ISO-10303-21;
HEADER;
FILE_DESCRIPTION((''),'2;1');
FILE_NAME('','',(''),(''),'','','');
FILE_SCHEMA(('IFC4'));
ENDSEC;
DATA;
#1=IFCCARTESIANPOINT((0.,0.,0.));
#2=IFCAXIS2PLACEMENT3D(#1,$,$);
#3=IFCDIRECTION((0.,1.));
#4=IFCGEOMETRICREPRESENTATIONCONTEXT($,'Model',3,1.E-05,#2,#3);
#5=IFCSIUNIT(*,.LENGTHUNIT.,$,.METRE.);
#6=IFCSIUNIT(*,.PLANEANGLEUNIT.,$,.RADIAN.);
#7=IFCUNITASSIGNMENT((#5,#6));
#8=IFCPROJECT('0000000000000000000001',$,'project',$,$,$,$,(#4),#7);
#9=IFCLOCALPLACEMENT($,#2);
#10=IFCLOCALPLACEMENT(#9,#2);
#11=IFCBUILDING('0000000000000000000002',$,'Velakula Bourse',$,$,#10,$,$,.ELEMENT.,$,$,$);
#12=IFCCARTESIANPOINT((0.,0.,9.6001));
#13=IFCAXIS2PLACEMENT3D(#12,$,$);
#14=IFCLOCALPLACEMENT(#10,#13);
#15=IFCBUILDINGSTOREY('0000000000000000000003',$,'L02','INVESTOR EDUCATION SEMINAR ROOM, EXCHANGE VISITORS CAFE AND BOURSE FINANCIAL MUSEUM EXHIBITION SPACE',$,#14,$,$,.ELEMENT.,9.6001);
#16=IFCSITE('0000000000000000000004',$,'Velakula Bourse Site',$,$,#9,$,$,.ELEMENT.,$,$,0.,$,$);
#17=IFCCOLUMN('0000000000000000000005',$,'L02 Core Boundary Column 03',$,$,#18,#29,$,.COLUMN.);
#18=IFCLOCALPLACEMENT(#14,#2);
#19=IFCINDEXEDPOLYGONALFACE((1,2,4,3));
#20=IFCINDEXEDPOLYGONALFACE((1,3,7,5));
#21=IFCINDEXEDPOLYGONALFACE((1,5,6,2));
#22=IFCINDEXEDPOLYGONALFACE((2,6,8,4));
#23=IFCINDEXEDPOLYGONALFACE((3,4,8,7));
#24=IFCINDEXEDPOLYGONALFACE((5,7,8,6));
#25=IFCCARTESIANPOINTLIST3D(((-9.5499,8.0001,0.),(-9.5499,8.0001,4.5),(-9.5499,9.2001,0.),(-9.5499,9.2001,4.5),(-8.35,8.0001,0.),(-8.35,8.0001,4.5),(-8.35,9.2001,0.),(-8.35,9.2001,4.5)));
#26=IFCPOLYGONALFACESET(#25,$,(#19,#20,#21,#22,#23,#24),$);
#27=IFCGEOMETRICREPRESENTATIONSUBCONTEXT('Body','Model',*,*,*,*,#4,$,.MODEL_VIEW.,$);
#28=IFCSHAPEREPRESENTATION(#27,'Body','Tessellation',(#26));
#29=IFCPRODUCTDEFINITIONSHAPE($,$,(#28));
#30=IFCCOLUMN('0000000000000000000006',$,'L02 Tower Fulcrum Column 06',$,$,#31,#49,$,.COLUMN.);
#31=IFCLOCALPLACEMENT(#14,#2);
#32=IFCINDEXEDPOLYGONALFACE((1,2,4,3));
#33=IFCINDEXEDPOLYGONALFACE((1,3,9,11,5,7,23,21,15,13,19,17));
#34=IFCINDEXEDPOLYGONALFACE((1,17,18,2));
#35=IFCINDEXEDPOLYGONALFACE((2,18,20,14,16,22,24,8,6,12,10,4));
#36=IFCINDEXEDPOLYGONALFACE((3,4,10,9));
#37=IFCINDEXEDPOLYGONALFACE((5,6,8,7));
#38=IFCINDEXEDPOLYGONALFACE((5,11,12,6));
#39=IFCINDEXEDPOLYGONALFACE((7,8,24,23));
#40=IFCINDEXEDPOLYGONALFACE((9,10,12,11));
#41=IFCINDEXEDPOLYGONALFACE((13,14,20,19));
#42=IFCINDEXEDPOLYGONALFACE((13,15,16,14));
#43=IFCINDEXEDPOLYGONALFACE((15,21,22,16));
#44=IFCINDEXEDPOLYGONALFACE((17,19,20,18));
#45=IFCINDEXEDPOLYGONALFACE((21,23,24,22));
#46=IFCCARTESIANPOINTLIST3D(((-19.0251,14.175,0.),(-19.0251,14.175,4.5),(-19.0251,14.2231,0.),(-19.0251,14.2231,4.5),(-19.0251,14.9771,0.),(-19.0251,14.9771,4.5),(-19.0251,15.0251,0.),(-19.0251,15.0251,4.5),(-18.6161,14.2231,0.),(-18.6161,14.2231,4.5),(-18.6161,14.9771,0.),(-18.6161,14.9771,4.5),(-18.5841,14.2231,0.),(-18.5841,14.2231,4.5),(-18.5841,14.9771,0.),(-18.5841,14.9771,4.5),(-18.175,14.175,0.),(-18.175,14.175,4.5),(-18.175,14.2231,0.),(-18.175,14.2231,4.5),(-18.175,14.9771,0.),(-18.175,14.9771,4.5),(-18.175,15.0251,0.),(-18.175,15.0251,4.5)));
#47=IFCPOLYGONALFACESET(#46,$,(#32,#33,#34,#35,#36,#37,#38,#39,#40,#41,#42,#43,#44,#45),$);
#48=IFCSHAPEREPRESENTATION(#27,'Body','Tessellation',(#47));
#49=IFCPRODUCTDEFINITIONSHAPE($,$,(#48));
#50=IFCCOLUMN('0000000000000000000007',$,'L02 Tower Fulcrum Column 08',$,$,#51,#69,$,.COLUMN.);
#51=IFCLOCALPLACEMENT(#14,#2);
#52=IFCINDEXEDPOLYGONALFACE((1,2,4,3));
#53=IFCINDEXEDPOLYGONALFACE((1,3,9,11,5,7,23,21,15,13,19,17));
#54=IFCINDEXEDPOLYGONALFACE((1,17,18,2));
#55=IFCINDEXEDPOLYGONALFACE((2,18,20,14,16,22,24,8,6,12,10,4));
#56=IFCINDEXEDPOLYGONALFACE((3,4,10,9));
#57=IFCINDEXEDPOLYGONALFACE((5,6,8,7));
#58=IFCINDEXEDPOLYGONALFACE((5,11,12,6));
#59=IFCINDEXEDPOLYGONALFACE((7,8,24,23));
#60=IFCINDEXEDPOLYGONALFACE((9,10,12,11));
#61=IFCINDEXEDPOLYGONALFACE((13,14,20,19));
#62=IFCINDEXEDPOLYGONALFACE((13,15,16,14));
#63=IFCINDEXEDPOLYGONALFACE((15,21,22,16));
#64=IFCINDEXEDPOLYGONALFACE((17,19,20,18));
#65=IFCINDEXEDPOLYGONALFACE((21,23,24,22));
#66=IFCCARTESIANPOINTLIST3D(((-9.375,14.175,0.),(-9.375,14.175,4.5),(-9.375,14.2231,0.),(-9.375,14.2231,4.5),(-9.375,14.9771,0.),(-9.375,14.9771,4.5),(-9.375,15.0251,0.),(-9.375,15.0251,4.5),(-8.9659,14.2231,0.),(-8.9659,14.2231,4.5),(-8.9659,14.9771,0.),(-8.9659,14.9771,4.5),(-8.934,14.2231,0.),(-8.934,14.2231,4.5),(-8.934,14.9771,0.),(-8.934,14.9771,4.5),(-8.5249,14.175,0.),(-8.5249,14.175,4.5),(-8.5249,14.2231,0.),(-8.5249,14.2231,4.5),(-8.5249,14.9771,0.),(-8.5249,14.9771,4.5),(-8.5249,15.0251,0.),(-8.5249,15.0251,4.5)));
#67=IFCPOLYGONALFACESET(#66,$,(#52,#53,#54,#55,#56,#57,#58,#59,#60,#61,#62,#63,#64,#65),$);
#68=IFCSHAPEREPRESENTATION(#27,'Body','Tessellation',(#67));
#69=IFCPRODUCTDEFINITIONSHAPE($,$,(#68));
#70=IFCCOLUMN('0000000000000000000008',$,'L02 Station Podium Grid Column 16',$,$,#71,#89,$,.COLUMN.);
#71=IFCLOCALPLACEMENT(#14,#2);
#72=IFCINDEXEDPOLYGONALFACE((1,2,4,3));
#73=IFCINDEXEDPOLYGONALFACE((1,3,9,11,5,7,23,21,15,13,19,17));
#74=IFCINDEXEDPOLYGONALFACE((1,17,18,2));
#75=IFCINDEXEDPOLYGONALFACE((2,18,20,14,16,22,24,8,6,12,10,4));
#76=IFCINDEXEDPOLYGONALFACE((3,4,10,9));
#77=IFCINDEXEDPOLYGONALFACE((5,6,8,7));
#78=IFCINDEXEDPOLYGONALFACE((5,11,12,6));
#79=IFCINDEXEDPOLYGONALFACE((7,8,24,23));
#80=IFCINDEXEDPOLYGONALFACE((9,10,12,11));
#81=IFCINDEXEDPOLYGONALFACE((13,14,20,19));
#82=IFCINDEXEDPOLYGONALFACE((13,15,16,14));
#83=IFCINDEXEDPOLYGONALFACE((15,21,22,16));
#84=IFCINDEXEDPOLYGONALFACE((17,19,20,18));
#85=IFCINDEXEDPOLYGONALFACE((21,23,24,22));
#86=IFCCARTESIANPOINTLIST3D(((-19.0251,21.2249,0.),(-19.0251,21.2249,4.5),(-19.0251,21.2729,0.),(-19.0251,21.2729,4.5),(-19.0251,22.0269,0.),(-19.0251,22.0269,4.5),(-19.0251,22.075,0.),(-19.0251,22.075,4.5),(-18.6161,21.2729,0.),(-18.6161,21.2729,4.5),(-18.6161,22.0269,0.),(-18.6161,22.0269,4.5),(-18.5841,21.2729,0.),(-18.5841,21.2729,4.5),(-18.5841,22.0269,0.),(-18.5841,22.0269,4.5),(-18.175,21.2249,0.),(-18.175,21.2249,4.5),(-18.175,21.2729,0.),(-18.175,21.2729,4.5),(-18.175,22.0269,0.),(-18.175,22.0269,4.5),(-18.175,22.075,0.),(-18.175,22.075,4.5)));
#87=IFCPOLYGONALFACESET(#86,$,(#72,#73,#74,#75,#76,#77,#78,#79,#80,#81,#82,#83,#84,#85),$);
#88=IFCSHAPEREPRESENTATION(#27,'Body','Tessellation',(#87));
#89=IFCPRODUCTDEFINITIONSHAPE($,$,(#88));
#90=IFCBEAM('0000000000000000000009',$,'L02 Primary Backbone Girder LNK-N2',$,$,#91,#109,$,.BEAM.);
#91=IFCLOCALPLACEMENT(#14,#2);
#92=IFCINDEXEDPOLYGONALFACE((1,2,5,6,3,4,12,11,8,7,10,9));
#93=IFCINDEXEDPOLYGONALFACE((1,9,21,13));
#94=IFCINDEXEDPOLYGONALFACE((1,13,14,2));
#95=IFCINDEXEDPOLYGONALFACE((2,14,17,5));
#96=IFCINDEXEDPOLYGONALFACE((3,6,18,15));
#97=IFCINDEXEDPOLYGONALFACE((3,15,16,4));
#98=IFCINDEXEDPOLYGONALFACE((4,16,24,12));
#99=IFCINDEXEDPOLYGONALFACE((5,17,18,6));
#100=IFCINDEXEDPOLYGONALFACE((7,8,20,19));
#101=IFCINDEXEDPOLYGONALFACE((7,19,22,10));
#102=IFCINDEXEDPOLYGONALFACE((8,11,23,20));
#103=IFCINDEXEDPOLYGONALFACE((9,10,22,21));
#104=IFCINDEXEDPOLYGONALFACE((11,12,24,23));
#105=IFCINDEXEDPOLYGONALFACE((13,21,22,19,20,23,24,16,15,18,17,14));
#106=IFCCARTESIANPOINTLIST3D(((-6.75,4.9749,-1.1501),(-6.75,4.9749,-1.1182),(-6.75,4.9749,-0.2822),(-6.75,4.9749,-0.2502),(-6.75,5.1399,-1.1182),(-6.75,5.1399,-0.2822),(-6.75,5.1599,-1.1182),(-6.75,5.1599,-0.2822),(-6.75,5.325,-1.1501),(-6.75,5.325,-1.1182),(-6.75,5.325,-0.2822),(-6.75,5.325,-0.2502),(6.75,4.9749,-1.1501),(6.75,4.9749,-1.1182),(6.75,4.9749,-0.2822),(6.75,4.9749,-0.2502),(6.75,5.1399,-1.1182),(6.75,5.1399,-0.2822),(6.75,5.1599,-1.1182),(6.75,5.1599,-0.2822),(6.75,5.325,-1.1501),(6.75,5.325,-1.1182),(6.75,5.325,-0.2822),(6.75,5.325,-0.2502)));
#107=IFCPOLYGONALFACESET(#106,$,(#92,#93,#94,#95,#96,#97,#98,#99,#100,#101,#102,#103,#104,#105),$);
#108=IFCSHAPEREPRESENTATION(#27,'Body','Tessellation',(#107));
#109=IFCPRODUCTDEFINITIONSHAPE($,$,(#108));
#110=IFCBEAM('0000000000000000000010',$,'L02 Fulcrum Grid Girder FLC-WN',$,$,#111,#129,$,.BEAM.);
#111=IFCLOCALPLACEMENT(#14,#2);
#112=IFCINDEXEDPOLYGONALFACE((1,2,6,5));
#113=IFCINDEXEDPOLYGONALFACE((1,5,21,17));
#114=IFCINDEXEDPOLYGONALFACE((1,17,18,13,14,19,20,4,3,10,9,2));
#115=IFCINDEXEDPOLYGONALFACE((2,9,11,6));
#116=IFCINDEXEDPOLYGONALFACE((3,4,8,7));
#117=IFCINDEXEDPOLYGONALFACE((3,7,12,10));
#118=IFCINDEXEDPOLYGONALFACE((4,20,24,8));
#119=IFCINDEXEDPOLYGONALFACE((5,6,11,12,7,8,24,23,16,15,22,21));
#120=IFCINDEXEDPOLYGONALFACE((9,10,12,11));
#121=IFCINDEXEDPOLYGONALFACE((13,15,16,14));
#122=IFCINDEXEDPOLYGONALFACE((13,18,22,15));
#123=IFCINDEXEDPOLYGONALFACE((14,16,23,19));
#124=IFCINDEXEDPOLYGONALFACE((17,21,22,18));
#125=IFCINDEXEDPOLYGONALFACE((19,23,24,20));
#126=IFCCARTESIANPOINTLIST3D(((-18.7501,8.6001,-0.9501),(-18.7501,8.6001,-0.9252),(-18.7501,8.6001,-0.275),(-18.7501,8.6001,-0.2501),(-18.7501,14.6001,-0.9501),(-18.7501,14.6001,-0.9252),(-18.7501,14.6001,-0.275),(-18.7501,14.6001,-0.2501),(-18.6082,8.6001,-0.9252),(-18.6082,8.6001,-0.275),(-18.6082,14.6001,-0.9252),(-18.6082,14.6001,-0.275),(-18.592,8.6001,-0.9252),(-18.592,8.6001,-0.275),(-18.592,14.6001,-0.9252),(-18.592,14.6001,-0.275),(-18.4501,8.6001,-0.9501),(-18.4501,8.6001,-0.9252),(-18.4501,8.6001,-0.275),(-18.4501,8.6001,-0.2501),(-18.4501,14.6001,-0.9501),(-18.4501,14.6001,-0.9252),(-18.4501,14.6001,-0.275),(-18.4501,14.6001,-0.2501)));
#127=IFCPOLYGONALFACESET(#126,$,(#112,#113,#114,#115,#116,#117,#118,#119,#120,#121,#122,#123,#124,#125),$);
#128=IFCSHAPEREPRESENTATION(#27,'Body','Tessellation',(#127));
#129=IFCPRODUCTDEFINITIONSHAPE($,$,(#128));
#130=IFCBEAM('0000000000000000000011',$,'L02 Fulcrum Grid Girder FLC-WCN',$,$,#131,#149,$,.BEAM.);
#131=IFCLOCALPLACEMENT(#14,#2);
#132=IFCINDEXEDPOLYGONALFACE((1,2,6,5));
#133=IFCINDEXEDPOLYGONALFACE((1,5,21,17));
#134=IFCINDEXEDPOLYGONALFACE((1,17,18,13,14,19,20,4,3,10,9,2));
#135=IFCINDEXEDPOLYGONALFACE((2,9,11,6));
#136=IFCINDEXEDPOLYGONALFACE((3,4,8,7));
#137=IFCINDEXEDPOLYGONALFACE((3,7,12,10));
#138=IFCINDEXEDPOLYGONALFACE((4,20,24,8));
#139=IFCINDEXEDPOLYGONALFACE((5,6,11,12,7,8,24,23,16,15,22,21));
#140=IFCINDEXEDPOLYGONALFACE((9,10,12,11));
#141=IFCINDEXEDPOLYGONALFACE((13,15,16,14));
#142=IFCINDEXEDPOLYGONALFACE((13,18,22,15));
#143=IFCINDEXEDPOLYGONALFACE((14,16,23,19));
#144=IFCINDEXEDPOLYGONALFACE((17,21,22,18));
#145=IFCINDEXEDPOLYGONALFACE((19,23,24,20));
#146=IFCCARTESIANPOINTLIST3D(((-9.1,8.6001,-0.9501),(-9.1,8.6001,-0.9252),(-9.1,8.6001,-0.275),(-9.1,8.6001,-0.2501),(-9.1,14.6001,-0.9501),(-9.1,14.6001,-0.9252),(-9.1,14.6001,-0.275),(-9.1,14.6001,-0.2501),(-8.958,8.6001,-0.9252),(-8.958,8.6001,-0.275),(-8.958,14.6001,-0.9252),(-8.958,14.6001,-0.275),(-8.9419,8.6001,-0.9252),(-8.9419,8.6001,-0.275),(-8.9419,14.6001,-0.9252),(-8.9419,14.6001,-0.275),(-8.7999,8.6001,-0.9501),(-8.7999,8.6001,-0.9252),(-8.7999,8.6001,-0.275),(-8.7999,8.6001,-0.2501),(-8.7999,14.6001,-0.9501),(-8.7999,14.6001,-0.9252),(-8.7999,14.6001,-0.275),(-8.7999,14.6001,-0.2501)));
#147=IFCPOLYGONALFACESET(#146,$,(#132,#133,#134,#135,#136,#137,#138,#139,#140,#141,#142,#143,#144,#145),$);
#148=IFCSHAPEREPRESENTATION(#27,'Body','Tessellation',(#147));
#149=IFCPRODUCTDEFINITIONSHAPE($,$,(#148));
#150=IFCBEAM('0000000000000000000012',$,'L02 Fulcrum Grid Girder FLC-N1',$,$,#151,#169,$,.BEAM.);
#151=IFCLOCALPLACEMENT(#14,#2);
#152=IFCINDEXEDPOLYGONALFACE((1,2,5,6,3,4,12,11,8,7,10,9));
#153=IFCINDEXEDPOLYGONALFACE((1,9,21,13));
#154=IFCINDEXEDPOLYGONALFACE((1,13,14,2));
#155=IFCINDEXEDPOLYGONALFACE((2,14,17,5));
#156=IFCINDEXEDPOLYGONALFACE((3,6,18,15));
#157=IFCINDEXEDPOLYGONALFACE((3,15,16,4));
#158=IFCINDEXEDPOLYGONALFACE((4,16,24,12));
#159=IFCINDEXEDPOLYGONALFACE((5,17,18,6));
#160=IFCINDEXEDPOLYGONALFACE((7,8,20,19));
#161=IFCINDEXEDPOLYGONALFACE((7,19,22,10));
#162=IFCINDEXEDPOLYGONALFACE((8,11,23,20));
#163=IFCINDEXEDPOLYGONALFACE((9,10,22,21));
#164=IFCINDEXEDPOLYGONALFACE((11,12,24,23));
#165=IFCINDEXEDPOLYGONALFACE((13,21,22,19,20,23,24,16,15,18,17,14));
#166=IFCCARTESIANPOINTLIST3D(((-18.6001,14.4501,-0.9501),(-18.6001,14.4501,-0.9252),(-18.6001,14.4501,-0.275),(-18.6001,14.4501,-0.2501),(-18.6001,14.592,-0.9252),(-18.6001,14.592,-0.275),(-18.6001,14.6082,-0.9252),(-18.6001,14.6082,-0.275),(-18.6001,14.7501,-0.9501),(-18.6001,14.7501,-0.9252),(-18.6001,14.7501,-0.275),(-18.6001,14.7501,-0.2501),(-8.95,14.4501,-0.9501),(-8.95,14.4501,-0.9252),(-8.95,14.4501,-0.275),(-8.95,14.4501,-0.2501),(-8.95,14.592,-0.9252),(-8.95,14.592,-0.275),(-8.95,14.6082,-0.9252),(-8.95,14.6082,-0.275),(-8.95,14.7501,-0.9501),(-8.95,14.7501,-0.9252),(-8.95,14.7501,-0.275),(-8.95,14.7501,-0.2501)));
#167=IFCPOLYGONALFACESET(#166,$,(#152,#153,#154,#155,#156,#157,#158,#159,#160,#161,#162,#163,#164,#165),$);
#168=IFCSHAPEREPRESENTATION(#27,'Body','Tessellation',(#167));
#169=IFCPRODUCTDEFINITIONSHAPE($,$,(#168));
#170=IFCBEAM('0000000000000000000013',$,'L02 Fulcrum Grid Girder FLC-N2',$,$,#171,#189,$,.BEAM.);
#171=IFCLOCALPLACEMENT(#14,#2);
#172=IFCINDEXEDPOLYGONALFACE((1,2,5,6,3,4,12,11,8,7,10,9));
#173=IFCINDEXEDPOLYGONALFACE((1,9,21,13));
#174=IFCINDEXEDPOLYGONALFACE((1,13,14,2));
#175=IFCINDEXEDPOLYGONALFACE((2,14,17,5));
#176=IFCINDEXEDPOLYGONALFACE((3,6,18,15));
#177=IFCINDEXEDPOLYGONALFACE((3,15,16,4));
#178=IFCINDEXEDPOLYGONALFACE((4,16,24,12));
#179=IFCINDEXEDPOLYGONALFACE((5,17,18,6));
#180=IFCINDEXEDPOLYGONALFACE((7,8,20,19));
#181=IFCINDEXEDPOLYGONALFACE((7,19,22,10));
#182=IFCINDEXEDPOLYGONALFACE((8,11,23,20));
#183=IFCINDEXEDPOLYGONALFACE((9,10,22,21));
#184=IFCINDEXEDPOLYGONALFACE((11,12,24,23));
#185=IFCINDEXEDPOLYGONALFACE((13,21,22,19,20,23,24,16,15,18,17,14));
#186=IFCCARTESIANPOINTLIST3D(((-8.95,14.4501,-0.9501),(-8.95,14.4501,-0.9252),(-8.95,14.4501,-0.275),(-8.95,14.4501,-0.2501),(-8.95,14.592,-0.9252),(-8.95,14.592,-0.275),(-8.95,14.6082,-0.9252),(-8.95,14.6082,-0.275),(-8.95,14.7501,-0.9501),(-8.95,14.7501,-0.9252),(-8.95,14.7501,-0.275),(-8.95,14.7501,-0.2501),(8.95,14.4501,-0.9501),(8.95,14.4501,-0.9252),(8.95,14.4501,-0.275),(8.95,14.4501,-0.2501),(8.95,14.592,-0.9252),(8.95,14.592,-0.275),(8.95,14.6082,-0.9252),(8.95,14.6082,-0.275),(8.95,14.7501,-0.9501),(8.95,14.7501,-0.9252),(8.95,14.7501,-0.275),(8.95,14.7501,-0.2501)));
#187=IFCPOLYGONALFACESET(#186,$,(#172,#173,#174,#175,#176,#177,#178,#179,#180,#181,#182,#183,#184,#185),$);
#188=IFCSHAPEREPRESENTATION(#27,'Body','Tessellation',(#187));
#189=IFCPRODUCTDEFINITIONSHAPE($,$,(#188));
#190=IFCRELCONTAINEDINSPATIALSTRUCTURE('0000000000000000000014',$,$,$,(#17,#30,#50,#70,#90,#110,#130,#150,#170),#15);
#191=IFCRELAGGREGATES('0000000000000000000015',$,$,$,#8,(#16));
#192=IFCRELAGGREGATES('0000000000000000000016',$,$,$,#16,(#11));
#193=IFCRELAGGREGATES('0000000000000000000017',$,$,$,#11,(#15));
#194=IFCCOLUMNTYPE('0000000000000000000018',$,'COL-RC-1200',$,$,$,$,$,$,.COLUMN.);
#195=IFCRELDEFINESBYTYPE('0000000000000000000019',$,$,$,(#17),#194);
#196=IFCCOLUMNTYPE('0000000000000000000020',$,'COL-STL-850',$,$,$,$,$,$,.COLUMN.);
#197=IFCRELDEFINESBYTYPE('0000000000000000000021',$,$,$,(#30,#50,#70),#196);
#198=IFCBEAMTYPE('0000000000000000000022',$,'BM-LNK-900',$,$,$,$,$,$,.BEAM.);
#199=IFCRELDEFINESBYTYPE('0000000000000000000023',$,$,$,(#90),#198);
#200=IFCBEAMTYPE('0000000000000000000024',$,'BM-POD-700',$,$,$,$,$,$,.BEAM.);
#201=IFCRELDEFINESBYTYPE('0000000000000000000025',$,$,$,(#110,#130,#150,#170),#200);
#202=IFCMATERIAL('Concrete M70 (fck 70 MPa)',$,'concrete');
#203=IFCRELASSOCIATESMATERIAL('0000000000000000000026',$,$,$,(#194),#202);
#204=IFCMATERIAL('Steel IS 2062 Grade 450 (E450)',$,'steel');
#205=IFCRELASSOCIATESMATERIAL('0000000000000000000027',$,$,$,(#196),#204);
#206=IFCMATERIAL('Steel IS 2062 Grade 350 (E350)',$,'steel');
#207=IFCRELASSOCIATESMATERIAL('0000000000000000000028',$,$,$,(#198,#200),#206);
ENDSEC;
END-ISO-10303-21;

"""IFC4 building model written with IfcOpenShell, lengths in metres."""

from ifc_helpers import new_model, si_unit, direction, frame, origin, origin_2d, place, context, subcontext, project, spatial, rectangle, i_section, extrude, material, material_profile, profile_set, type_object, element, save


model = new_model("IFC4")

# Units and contexts
model_context = context("Model", 3, precision=1e-05, world=origin(), true_north=direction((0.0, 1.0)))
body_context = subcontext(model_context, "Body", "Model", "MODEL_VIEW")
ifc_project = project(units=[si_unit("LENGTHUNIT", "METRE"), si_unit("PLANEANGLEUNIT", "RADIAN")], contexts=[model_context])

# Site, building, storey
site_placement = place(None, origin())
site = spatial("IfcSite", under=ifc_project, at=site_placement, Name="Velakula Bourse Site", CompositionType="ELEMENT", RefElevation=0.0)
building_placement = place(site_placement, origin())
building = spatial("IfcBuilding", under=site, at=building_placement, Name="Velakula Bourse", CompositionType="ELEMENT")
storey_placement = place(building_placement, frame((0.0, 0.0, 9.6001)))
storey = spatial("IfcBuildingStorey", under=building, at=storey_placement, Name="L02", Description="INVESTOR EDUCATION SEMINAR ROOM, EXCHANGE VISITORS CAFE AND BOURSE FINANCIAL MUSEUM EXHIBITION SPACE", CompositionType="ELEMENT", Elevation=9.6001)

# Columns
ifc_material_1 = material(Name="Concrete M70 (fck 70 MPa)", Category="concrete")
ifc_material_profile_1 = material_profile(ifc_material_1, rectangle(XDim=1.2, YDim=1.2, at=origin_2d()), Name="Concrete M70 (fck 70 MPa)")
ifc_profile_set_1 = profile_set([ifc_material_profile_1], Name="Concrete M70 (fck 70 MPa)")
column_type_1 = type_object("IfcColumnType", Name="COL-RC-1200", PredefinedType="COLUMN", material=ifc_profile_set_1)
column_placement = place(storey_placement, frame((-8.95, 8.6001, 0.0), z_axis=(0.0, 0.0, 1.0), x_axis=(1.0, 0.0, 0.0)))
element("IfcColumn", 1, at=column_placement, inside=storey, type_object=column_type_1, Name="L02 Core Boundary Column 03", PredefinedType="COLUMN", context=body_context, shape_type="SweptSolid", body=[
    extrude(rectangle(XDim=1.2, YDim=1.2, at=origin_2d()), origin(), (0.0, 0.0, 1.0), 4.5),
])
ifc_material_2 = material(Name="Steel IS 2062 Grade 450 (E450)", Category="steel")
ifc_material_profile_2 = material_profile(ifc_material_2, i_section(OverallWidth=0.8501, OverallDepth=0.8501, WebThickness=0.032, FlangeThickness=0.0481, at=origin_2d()), Name="Steel IS 2062 Grade 450 (E450)")
ifc_profile_set_2 = profile_set([ifc_material_profile_2], Name="Steel IS 2062 Grade 450 (E450)")
column_type_2 = type_object("IfcColumnType", Name="COL-STL-850", PredefinedType="COLUMN", material=ifc_profile_set_2)
for number, where, z_axis, x_axis, name in (
    (2, (-18.6001, 14.6001, 0.0), (0.0, 0.0, 1.0), (1.0, 0.0, 0.0), "L02 Tower Fulcrum Column 06"),
    (3, (-8.95, 14.6001, 0.0), (0.0, 0.0, 1.0), (1.0, 0.0, 0.0), "L02 Tower Fulcrum Column 08"),
    (4, (-18.6001, 21.6499, 0.0), (0.0, 0.0, 1.0), (1.0, 0.0, 0.0), "L02 Station Podium Grid Column 16"),
):
    element("IfcColumn", number, at=place(storey_placement, frame(where, z_axis=z_axis, x_axis=x_axis)), inside=storey, type_object=column_type_2, Name=name, PredefinedType="COLUMN", context=body_context, shape_type="SweptSolid", body=[
        extrude(i_section(OverallWidth=0.8501, OverallDepth=0.8501, WebThickness=0.032, FlangeThickness=0.0481, at=origin_2d()), origin(), (0.0, 0.0, 1.0), 4.5),
    ])

# Beams
ifc_material_3 = material(Name="Steel IS 2062 Grade 350 (E350)", Category="steel")
ifc_material_profile_3 = material_profile(ifc_material_3, i_section(OverallWidth=0.3501, OverallDepth=0.8999, WebThickness=0.02, FlangeThickness=0.032, at=origin_2d()), Name="Steel IS 2062 Grade 350 (E350)")
ifc_profile_set_3 = profile_set([ifc_material_profile_3], Name="Steel IS 2062 Grade 350 (E350)")
beam_type_1 = type_object("IfcBeamType", Name="BM-LNK-900", PredefinedType="BEAM", material=ifc_profile_set_3)
beam_1_placement = place(storey_placement, frame((-6.75, 5.1499, -0.7002), z_axis=(1.0, 0.0, 0.0), x_axis=(0.0, 1.0, 0.0)))
element("IfcBeam", 5, at=beam_1_placement, inside=storey, type_object=beam_type_1, Name="L02 Primary Backbone Girder LNK-N2", PredefinedType="BEAM", context=body_context, shape_type="SweptSolid", body=[
    extrude(i_section(OverallWidth=0.3501, OverallDepth=0.8999, WebThickness=0.02, FlangeThickness=0.032, at=origin_2d()), origin(), (0.0, 0.0, 1.0), 13.5),
])
ifc_material_profile_4 = material_profile(ifc_material_3, i_section(OverallWidth=0.3, OverallDepth=0.7, WebThickness=0.0161, FlangeThickness=0.0249, at=origin_2d()), Name="Steel IS 2062 Grade 350 (E350)")
ifc_profile_set_4 = profile_set([ifc_material_profile_4], Name="Steel IS 2062 Grade 350 (E350)")
beam_type_2 = type_object("IfcBeamType", Name="BM-POD-700", PredefinedType="BEAM", material=ifc_profile_set_4)
for number, where, z_axis, x_axis, name in (
    (6, (-18.6001, 8.6001, -0.6001), (0.0, 1.0, 0.0), (-1.0, 0.0, 0.0), "L02 Fulcrum Grid Girder FLC-WN"),
    (7, (-8.95, 8.6001, -0.6001), (0.0, 1.0, 0.0), (-1.0, 0.0, 0.0), "L02 Fulcrum Grid Girder FLC-WCN"),
):
    element("IfcBeam", number, at=place(storey_placement, frame(where, z_axis=z_axis, x_axis=x_axis)), inside=storey, type_object=beam_type_2, Name=name, PredefinedType="BEAM", context=body_context, shape_type="SweptSolid", body=[
        extrude(i_section(OverallWidth=0.3, OverallDepth=0.7, WebThickness=0.0161, FlangeThickness=0.0249, at=origin_2d()), origin(), (0.0, 0.0, 1.0), 6.0),
    ])
beam_2_placement = place(storey_placement, frame((-18.6001, 14.6001, -0.6001), z_axis=(1.0, 0.0, 0.0), x_axis=(0.0, 1.0, 0.0)))
element("IfcBeam", 8, at=beam_2_placement, inside=storey, type_object=beam_type_2, Name="L02 Fulcrum Grid Girder FLC-N1", PredefinedType="BEAM", context=body_context, shape_type="SweptSolid", body=[
    extrude(i_section(OverallWidth=0.3, OverallDepth=0.7, WebThickness=0.0161, FlangeThickness=0.0249, at=origin_2d()), origin(), (0.0, 0.0, 1.0), 9.6501),
])
beam_3_placement = place(storey_placement, frame((-8.95, 14.6001, -0.6001), z_axis=(1.0, 0.0, 0.0), x_axis=(0.0, 1.0, 0.0)))
element("IfcBeam", 9, at=beam_3_placement, inside=storey, type_object=beam_type_2, Name="L02 Fulcrum Grid Girder FLC-N2", PredefinedType="BEAM", context=body_context, shape_type="SweptSolid", body=[
    extrude(i_section(OverallWidth=0.3, OverallDepth=0.7, WebThickness=0.0161, FlangeThickness=0.0249, at=origin_2d()), origin(), (0.0, 0.0, 1.0), 17.8999),
])

save(model, "model.ifc")
